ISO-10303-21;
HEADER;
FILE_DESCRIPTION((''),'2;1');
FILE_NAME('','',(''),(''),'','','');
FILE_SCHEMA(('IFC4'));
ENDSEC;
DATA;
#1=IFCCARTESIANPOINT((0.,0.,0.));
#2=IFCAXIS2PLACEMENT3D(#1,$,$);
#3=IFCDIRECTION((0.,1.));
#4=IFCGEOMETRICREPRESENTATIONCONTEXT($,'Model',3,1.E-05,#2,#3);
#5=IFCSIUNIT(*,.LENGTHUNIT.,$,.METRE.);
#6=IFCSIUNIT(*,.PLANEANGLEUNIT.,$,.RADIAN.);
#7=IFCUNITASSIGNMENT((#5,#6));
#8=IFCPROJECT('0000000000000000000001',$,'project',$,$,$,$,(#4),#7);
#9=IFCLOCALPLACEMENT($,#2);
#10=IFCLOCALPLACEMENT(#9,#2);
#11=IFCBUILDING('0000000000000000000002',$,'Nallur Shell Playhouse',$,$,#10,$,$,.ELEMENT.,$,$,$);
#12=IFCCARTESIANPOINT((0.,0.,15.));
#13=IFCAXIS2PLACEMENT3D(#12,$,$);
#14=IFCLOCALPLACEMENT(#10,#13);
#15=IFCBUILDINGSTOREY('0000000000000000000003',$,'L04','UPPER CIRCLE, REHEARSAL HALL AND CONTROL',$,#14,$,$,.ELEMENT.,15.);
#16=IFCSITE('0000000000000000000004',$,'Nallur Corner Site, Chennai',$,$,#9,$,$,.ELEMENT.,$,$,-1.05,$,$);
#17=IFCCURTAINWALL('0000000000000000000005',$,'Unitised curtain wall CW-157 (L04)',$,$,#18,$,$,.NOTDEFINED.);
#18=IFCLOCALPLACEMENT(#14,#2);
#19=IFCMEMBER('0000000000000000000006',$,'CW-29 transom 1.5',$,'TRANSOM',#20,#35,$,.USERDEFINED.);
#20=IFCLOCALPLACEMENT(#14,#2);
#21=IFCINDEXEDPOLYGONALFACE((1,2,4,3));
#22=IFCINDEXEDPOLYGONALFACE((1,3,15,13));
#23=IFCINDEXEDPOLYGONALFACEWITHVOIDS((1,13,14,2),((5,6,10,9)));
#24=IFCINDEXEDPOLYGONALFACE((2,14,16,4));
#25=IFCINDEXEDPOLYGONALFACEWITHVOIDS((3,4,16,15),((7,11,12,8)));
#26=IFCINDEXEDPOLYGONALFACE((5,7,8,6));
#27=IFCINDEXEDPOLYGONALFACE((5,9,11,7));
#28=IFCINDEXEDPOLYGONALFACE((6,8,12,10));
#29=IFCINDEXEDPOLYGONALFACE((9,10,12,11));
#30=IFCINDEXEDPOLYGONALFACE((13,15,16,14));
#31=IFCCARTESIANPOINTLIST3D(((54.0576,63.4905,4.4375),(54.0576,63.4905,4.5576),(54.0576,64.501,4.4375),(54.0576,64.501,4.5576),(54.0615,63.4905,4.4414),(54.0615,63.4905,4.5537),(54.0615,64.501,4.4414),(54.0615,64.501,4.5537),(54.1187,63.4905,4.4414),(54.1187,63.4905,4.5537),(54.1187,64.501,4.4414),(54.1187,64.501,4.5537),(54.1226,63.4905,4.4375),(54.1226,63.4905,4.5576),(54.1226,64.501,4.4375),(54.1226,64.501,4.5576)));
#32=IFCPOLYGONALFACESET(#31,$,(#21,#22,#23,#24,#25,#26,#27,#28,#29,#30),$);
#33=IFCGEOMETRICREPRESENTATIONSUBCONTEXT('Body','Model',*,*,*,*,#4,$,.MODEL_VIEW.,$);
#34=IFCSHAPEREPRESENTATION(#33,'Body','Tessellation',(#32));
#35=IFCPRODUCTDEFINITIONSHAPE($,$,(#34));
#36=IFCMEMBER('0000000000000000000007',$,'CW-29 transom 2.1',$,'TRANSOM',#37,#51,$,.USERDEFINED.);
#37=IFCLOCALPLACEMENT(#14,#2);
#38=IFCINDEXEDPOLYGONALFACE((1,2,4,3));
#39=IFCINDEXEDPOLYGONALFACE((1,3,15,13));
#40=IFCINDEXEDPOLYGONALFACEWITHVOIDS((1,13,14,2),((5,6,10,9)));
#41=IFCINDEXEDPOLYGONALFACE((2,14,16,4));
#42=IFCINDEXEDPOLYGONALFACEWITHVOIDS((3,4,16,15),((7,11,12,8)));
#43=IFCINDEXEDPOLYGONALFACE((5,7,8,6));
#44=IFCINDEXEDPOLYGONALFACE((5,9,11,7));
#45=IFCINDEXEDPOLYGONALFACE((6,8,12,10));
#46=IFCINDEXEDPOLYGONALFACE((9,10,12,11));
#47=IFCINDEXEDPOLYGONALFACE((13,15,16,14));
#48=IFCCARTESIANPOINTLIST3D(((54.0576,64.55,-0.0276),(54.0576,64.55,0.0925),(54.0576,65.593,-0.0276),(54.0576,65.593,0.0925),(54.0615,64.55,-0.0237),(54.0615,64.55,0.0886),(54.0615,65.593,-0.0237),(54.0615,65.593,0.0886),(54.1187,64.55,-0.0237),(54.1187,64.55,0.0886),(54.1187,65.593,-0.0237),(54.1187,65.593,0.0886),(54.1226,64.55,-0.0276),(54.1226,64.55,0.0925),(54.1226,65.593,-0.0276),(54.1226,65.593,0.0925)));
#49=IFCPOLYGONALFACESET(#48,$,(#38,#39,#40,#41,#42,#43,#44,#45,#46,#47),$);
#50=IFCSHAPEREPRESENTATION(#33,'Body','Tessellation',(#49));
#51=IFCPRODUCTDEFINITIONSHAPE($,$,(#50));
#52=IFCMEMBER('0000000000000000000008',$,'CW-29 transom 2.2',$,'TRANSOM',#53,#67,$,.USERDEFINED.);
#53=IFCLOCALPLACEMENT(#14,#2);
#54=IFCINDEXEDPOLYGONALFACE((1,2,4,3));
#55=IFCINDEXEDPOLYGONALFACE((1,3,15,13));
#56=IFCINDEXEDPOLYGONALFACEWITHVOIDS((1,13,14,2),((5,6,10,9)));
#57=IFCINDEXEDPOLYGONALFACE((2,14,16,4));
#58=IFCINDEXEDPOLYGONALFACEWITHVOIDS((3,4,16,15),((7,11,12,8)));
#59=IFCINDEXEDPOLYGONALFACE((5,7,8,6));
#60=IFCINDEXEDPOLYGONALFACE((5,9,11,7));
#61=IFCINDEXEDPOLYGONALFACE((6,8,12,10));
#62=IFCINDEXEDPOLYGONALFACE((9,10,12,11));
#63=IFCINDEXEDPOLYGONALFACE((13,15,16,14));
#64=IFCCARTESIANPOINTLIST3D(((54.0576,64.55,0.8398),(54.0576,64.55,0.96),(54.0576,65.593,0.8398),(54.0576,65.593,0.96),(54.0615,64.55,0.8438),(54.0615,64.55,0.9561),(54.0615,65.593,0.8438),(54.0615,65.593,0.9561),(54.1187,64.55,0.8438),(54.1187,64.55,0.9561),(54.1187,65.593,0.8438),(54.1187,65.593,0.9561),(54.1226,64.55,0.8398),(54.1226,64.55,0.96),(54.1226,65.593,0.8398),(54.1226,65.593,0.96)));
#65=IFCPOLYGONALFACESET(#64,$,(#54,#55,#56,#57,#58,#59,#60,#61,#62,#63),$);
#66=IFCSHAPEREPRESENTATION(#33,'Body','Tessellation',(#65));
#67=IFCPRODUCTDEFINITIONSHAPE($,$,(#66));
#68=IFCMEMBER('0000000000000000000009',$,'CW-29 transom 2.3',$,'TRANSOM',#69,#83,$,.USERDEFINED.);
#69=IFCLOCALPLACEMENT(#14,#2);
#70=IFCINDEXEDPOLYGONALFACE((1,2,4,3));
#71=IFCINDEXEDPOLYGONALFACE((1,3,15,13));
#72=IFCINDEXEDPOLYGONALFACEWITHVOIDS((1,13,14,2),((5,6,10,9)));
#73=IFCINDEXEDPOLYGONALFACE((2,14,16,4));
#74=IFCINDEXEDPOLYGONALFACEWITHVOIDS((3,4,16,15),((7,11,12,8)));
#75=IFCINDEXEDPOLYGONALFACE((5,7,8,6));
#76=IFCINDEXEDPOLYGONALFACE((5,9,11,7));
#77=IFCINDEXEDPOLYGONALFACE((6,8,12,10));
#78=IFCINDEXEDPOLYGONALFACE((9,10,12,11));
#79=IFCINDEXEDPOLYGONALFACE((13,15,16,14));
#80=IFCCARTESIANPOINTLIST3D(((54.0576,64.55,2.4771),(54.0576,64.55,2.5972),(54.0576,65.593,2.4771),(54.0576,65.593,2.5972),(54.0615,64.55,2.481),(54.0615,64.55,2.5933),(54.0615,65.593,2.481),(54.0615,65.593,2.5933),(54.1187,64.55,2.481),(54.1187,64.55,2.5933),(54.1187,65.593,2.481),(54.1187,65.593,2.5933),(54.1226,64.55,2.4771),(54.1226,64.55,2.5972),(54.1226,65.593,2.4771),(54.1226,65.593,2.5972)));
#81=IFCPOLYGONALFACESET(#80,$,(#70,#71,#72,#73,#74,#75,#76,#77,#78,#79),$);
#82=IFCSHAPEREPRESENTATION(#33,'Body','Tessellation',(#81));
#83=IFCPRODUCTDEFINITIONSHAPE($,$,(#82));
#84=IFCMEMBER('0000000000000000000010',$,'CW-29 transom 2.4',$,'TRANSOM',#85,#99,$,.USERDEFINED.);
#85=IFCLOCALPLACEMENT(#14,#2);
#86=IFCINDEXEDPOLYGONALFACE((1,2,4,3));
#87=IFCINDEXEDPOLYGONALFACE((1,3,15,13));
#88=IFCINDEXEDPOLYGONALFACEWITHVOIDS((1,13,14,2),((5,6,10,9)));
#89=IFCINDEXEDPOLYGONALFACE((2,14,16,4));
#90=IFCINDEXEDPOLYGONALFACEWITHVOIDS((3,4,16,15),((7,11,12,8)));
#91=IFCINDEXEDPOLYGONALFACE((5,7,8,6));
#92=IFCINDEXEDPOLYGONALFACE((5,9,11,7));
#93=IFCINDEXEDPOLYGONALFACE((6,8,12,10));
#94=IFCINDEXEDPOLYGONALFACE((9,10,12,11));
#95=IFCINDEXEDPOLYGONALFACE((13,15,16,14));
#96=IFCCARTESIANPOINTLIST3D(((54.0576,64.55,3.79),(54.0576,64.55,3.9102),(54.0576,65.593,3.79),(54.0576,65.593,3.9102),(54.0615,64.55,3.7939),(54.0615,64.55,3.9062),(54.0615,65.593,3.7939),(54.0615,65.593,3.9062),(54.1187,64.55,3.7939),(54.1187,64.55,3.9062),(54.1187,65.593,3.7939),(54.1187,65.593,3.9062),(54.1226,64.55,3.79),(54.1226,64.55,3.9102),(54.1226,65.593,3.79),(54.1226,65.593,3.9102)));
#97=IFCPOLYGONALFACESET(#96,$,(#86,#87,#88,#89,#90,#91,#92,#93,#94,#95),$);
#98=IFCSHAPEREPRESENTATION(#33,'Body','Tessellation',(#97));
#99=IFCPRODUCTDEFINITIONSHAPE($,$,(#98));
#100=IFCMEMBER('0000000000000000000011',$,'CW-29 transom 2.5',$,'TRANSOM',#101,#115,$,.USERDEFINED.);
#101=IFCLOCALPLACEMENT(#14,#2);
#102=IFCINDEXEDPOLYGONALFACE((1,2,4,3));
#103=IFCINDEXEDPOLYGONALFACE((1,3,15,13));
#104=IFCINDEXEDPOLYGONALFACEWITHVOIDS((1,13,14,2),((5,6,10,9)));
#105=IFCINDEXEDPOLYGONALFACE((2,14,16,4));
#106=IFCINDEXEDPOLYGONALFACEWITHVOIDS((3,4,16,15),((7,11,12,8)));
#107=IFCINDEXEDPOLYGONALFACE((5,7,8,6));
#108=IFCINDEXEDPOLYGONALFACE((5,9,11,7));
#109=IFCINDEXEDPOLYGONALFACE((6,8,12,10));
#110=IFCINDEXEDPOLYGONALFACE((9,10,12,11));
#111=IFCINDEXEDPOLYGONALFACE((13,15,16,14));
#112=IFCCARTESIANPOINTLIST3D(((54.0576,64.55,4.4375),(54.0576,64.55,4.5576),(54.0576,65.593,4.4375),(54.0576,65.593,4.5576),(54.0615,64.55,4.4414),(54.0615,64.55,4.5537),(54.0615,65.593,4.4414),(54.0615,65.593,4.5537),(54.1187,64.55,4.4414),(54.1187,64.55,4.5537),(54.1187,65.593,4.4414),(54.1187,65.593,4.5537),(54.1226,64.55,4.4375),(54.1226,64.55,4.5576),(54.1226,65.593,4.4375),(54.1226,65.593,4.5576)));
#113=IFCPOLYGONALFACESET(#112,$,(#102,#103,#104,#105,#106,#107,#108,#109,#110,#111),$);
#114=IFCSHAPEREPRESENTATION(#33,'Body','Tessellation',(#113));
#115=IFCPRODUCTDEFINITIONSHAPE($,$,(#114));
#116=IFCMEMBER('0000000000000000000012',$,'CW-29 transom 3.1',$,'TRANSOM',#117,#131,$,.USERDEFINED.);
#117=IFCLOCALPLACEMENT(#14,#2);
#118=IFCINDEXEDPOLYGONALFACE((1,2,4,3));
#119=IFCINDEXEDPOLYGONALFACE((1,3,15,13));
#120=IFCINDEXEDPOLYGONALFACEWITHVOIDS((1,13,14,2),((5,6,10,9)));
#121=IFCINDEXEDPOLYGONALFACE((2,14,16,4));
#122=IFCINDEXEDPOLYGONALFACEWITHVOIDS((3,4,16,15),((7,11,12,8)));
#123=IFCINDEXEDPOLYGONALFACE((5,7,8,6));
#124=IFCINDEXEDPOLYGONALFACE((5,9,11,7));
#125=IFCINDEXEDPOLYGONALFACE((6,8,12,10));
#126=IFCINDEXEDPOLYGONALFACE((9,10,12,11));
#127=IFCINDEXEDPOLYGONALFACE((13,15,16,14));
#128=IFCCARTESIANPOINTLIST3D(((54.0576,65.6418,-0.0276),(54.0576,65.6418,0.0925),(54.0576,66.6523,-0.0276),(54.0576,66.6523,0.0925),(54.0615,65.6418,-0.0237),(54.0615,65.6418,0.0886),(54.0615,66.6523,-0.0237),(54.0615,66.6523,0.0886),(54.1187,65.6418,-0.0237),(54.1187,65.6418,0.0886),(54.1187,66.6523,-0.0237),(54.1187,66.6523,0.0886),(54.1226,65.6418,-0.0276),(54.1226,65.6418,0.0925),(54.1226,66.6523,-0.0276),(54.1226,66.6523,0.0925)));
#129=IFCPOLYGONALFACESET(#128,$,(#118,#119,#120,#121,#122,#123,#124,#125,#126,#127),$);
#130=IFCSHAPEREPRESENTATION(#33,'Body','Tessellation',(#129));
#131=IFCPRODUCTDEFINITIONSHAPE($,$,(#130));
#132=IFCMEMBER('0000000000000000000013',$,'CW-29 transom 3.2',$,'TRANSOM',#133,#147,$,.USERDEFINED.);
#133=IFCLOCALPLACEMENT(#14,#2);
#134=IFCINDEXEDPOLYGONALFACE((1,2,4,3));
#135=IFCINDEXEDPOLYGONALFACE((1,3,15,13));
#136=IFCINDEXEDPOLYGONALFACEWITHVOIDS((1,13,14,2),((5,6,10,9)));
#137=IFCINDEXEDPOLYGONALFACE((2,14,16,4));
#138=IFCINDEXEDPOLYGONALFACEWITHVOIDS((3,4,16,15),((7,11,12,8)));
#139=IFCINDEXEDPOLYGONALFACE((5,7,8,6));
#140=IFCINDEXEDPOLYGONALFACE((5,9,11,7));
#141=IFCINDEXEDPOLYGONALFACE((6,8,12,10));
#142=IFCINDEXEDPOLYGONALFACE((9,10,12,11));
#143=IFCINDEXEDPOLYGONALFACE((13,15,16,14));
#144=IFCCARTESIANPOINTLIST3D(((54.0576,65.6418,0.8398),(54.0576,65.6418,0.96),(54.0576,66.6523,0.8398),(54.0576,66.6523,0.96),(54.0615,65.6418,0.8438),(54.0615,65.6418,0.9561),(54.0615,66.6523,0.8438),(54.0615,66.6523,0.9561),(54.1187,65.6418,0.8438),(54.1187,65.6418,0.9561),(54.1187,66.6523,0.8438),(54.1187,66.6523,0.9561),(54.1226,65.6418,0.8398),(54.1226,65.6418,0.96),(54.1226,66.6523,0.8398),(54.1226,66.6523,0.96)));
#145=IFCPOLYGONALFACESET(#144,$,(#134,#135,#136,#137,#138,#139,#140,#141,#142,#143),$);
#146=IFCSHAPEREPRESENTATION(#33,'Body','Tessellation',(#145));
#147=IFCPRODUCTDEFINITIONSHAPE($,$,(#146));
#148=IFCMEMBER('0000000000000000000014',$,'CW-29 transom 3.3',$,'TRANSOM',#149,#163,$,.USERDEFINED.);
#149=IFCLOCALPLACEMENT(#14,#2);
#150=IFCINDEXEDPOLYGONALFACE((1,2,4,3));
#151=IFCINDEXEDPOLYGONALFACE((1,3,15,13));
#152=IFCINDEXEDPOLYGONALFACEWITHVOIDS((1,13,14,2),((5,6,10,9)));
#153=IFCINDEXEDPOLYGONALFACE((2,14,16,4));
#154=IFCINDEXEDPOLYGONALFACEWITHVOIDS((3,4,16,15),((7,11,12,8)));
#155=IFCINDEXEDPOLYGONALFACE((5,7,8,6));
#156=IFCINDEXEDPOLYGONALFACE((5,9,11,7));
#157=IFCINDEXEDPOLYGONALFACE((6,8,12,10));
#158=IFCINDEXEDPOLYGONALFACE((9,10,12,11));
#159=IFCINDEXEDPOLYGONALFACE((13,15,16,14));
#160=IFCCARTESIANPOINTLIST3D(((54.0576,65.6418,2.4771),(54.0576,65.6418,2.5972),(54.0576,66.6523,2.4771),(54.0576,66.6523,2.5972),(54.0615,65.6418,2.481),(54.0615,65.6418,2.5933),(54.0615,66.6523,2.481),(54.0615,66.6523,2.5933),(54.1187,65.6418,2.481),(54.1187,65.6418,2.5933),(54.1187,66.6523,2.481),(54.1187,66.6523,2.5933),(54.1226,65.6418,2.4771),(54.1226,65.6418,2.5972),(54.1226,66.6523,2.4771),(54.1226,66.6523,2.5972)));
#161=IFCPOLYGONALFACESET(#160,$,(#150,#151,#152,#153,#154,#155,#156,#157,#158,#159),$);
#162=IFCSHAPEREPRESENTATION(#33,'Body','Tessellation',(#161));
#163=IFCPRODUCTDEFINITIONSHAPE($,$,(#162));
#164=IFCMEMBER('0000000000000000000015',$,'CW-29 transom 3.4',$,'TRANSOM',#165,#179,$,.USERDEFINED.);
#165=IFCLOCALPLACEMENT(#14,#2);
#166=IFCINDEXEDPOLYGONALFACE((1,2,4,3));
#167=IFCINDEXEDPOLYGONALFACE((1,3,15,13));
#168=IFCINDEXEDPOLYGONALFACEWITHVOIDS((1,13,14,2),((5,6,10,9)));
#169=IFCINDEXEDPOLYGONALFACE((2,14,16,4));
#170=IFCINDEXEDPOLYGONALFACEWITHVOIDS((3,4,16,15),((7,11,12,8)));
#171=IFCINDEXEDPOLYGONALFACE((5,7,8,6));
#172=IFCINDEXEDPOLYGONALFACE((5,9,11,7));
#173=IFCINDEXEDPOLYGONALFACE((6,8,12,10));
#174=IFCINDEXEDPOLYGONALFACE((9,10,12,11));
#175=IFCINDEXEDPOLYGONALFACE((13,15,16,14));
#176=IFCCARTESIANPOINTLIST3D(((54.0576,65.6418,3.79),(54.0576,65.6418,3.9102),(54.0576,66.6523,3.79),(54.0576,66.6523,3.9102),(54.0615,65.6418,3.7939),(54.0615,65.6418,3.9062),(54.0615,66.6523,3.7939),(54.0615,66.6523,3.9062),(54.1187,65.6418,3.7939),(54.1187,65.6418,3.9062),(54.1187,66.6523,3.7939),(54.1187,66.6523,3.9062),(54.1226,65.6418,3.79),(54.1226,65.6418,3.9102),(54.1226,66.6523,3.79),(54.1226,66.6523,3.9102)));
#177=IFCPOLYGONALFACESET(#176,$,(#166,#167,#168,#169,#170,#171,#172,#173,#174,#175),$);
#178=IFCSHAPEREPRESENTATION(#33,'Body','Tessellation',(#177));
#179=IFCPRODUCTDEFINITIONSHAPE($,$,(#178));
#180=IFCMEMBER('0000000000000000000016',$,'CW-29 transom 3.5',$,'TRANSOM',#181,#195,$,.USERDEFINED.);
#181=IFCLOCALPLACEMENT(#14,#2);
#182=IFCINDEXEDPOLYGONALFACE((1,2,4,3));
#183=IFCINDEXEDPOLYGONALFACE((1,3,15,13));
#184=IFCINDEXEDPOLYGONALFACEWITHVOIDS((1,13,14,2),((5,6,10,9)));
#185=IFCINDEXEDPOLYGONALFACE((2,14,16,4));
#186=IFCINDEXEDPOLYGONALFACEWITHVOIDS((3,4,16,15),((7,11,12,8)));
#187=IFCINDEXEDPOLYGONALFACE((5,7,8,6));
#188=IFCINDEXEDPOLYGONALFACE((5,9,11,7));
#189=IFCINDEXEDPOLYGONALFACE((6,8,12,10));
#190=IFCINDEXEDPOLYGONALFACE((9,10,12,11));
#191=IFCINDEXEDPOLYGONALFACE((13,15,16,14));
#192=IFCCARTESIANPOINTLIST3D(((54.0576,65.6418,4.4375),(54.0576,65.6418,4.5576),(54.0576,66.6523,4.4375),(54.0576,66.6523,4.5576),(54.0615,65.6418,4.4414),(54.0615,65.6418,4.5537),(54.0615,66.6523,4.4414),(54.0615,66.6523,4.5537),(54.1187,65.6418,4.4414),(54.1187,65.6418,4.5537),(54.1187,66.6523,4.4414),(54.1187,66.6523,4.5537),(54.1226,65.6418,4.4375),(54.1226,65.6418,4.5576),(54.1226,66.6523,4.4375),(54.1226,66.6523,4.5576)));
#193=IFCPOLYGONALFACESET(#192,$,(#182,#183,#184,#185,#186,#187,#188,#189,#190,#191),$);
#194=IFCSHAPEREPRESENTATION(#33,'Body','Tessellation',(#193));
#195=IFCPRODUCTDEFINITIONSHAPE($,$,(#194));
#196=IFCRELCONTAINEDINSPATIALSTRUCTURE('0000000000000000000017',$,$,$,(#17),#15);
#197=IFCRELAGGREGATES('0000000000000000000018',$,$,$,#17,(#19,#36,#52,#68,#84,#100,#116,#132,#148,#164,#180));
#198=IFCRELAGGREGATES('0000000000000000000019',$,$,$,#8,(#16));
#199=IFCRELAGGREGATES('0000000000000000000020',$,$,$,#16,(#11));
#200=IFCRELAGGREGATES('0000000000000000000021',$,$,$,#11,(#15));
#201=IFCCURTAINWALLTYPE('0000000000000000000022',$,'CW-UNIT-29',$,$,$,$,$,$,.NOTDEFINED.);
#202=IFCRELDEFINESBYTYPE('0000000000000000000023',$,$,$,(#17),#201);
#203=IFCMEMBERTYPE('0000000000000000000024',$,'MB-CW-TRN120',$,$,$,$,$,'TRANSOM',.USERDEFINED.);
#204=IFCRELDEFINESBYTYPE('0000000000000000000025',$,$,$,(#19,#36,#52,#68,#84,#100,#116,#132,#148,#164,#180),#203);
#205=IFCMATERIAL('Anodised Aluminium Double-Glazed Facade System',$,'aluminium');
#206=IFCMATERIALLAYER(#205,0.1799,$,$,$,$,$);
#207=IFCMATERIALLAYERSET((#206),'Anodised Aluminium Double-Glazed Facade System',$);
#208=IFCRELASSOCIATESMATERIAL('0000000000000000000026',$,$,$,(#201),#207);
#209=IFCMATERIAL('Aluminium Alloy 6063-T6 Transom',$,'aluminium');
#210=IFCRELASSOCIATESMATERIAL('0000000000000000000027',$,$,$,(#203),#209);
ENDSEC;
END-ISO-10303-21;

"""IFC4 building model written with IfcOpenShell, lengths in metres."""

from ifc_helpers import new_model, si_unit, direction, frame, origin, origin_2d, place, context, subcontext, project, spatial, hollow_rectangle, extrude, material, layer, layer_set, material_profile, profile_set, type_object, element, aggregate, save


model = new_model("IFC4")

# Units and contexts
model_context = context("Model", 3, precision=1e-05, world=origin(), true_north=direction((0.0, 1.0)))
body_context = subcontext(model_context, "Body", "Model", "MODEL_VIEW")
ifc_project = project(units=[si_unit("LENGTHUNIT", "METRE"), si_unit("PLANEANGLEUNIT", "RADIAN")], contexts=[model_context])

# Site, building, storey
site_placement = place(None, origin())
site = spatial("IfcSite", under=ifc_project, at=site_placement, Name="Nallur Corner Site, Chennai", CompositionType="ELEMENT", RefElevation=-1.05)
building_placement = place(site_placement, origin())
building = spatial("IfcBuilding", under=site, at=building_placement, Name="Nallur Shell Playhouse", CompositionType="ELEMENT")
storey_placement = place(building_placement, frame((0.0, 0.0, 15.0)))
storey = spatial("IfcBuildingStorey", under=building, at=storey_placement, Name="L04", Description="UPPER CIRCLE, REHEARSAL HALL AND CONTROL", CompositionType="ELEMENT", Elevation=15.0)

# Curtain wall
ifc_material_1 = material(Name="Anodised Aluminium Double-Glazed Facade System", Category="aluminium")
ifc_layer_1 = layer(ifc_material_1, 0.1799)
ifc_layer_set_1 = layer_set([ifc_layer_1], Name="Anodised Aluminium Double-Glazed Facade System")
curtain_wall_type_1 = type_object("IfcCurtainWallType", Name="CW-UNIT-29", PredefinedType="NOTDEFINED", material=ifc_layer_set_1)
curtain_wall_1_placement = place(storey_placement, origin())
curtain_wall_1 = element("IfcCurtainWall", 1, at=curtain_wall_1_placement, inside=storey, type_object=curtain_wall_type_1, Name="Unitised curtain wall CW-157 (L04)", PredefinedType="NOTDEFINED")

# Members
ifc_material_2 = material(Name="Aluminium Alloy 6063-T6 Transom", Category="aluminium")
ifc_material_profile_1 = material_profile(ifc_material_2, hollow_rectangle(XDim=0.0649, YDim=0.1201, WallThickness=0.0039, at=origin_2d()), Name="ALU 65x120x4")
ifc_profile_set_1 = profile_set([ifc_material_profile_1], Name="Aluminium Alloy 6063-T6 Transom")
member_type_1 = type_object("IfcMemberType", Name="MB-CW-TRN120", ElementType="TRANSOM", PredefinedType="USERDEFINED", material=ifc_profile_set_1)
member_1_placement = place(storey_placement, frame((54.0901, 63.4905, 4.4976), z_axis=(0.0, 1.0, 0.0), x_axis=(-1.0, 0.0, 0.0)))
member_1 = element("IfcMember", 2, at=member_1_placement, type_object=member_type_1, Name="CW-29 transom 1.5", ObjectType="TRANSOM", PredefinedType="USERDEFINED", context=body_context, shape_type="SweptSolid", body=[
    extrude(hollow_rectangle(XDim=0.0649, YDim=0.1201, WallThickness=0.0039, at=origin_2d()), origin(), (0.0, 0.0, 1.0), 1.0105),
])
member_2_placement = place(storey_placement, frame((54.0901, 64.55, 0.0325), z_axis=(0.0, 1.0, 0.0), x_axis=(-1.0, 0.0, 0.0)))
member_2 = element("IfcMember", 3, at=member_2_placement, type_object=member_type_1, Name="CW-29 transom 2.1", ObjectType="TRANSOM", PredefinedType="USERDEFINED", context=body_context, shape_type="SweptSolid", body=[
    extrude(hollow_rectangle(XDim=0.0649, YDim=0.1201, WallThickness=0.0039, at=origin_2d()), origin(), (0.0, 0.0, 1.0), 1.043),
])
member_3_placement = place(storey_placement, frame((54.0901, 64.55, 0.8999), z_axis=(0.0, 1.0, 0.0), x_axis=(-1.0, 0.0, 0.0)))
member_3 = element("IfcMember", 4, at=member_3_placement, type_object=member_type_1, Name="CW-29 transom 2.2", ObjectType="TRANSOM", PredefinedType="USERDEFINED", context=body_context, shape_type="SweptSolid", body=[
    extrude(hollow_rectangle(XDim=0.0649, YDim=0.1201, WallThickness=0.0039, at=origin_2d()), origin(), (0.0, 0.0, 1.0), 1.043),
])
member_4_placement = place(storey_placement, frame((54.0901, 64.55, 2.5371), z_axis=(0.0, 1.0, 0.0), x_axis=(-1.0, 0.0, 0.0)))
member_4 = element("IfcMember", 5, at=member_4_placement, type_object=member_type_1, Name="CW-29 transom 2.3", ObjectType="TRANSOM", PredefinedType="USERDEFINED", context=body_context, shape_type="SweptSolid", body=[
    extrude(hollow_rectangle(XDim=0.0649, YDim=0.1201, WallThickness=0.0039, at=origin_2d()), origin(), (0.0, 0.0, 1.0), 1.043),
])
member_5_placement = place(storey_placement, frame((54.0901, 64.55, 3.8501), z_axis=(0.0, 1.0, 0.0), x_axis=(-1.0, 0.0, 0.0)))
member_5 = element("IfcMember", 6, at=member_5_placement, type_object=member_type_1, Name="CW-29 transom 2.4", ObjectType="TRANSOM", PredefinedType="USERDEFINED", context=body_context, shape_type="SweptSolid", body=[
    extrude(hollow_rectangle(XDim=0.0649, YDim=0.1201, WallThickness=0.0039, at=origin_2d()), origin(), (0.0, 0.0, 1.0), 1.043),
])
member_6_placement = place(storey_placement, frame((54.0901, 64.55, 4.4976), z_axis=(0.0, 1.0, 0.0), x_axis=(-1.0, 0.0, 0.0)))
member_6 = element("IfcMember", 7, at=member_6_placement, type_object=member_type_1, Name="CW-29 transom 2.5", ObjectType="TRANSOM", PredefinedType="USERDEFINED", context=body_context, shape_type="SweptSolid", body=[
    extrude(hollow_rectangle(XDim=0.0649, YDim=0.1201, WallThickness=0.0039, at=origin_2d()), origin(), (0.0, 0.0, 1.0), 1.043),
])
member_7_placement = place(storey_placement, frame((54.0901, 65.6418, 0.0325), z_axis=(0.0, 1.0, 0.0), x_axis=(-1.0, 0.0, 0.0)))
member_7 = element("IfcMember", 8, at=member_7_placement, type_object=member_type_1, Name="CW-29 transom 3.1", ObjectType="TRANSOM", PredefinedType="USERDEFINED", context=body_context, shape_type="SweptSolid", body=[
    extrude(hollow_rectangle(XDim=0.0649, YDim=0.1201, WallThickness=0.0039, at=origin_2d()), origin(), (0.0, 0.0, 1.0), 1.0105),
])
member_8_placement = place(storey_placement, frame((54.0901, 65.6418, 0.8999), z_axis=(0.0, 1.0, 0.0), x_axis=(-1.0, 0.0, 0.0)))
member_8 = element("IfcMember", 9, at=member_8_placement, type_object=member_type_1, Name="CW-29 transom 3.2", ObjectType="TRANSOM", PredefinedType="USERDEFINED", context=body_context, shape_type="SweptSolid", body=[
    extrude(hollow_rectangle(XDim=0.0649, YDim=0.1201, WallThickness=0.0039, at=origin_2d()), origin(), (0.0, 0.0, 1.0), 1.0105),
])
member_9_placement = place(storey_placement, frame((54.0901, 65.6418, 2.5371), z_axis=(0.0, 1.0, 0.0), x_axis=(-1.0, 0.0, 0.0)))
member_9 = element("IfcMember", 10, at=member_9_placement, type_object=member_type_1, Name="CW-29 transom 3.3", ObjectType="TRANSOM", PredefinedType="USERDEFINED", context=body_context, shape_type="SweptSolid", body=[
    extrude(hollow_rectangle(XDim=0.0649, YDim=0.1201, WallThickness=0.0039, at=origin_2d()), origin(), (0.0, 0.0, 1.0), 1.0105),
])
member_10_placement = place(storey_placement, frame((54.0901, 65.6418, 3.8501), z_axis=(0.0, 1.0, 0.0), x_axis=(-1.0, 0.0, 0.0)))
member_10 = element("IfcMember", 11, at=member_10_placement, type_object=member_type_1, Name="CW-29 transom 3.4", ObjectType="TRANSOM", PredefinedType="USERDEFINED", context=body_context, shape_type="SweptSolid", body=[
    extrude(hollow_rectangle(XDim=0.0649, YDim=0.1201, WallThickness=0.0039, at=origin_2d()), origin(), (0.0, 0.0, 1.0), 1.0105),
])
member_11_placement = place(storey_placement, frame((54.0901, 65.6418, 4.4976), z_axis=(0.0, 1.0, 0.0), x_axis=(-1.0, 0.0, 0.0)))
member_11 = element("IfcMember", 12, at=member_11_placement, type_object=member_type_1, Name="CW-29 transom 3.5", ObjectType="TRANSOM", PredefinedType="USERDEFINED", context=body_context, shape_type="SweptSolid", body=[
    extrude(hollow_rectangle(XDim=0.0649, YDim=0.1201, WallThickness=0.0039, at=origin_2d()), origin(), (0.0, 0.0, 1.0), 1.0105),
])

aggregate(curtain_wall_1, [member_1, member_2, member_3, member_4, member_5, member_6, member_7, member_8, member_9, member_10, member_11])

save(model, "model.ifc")
